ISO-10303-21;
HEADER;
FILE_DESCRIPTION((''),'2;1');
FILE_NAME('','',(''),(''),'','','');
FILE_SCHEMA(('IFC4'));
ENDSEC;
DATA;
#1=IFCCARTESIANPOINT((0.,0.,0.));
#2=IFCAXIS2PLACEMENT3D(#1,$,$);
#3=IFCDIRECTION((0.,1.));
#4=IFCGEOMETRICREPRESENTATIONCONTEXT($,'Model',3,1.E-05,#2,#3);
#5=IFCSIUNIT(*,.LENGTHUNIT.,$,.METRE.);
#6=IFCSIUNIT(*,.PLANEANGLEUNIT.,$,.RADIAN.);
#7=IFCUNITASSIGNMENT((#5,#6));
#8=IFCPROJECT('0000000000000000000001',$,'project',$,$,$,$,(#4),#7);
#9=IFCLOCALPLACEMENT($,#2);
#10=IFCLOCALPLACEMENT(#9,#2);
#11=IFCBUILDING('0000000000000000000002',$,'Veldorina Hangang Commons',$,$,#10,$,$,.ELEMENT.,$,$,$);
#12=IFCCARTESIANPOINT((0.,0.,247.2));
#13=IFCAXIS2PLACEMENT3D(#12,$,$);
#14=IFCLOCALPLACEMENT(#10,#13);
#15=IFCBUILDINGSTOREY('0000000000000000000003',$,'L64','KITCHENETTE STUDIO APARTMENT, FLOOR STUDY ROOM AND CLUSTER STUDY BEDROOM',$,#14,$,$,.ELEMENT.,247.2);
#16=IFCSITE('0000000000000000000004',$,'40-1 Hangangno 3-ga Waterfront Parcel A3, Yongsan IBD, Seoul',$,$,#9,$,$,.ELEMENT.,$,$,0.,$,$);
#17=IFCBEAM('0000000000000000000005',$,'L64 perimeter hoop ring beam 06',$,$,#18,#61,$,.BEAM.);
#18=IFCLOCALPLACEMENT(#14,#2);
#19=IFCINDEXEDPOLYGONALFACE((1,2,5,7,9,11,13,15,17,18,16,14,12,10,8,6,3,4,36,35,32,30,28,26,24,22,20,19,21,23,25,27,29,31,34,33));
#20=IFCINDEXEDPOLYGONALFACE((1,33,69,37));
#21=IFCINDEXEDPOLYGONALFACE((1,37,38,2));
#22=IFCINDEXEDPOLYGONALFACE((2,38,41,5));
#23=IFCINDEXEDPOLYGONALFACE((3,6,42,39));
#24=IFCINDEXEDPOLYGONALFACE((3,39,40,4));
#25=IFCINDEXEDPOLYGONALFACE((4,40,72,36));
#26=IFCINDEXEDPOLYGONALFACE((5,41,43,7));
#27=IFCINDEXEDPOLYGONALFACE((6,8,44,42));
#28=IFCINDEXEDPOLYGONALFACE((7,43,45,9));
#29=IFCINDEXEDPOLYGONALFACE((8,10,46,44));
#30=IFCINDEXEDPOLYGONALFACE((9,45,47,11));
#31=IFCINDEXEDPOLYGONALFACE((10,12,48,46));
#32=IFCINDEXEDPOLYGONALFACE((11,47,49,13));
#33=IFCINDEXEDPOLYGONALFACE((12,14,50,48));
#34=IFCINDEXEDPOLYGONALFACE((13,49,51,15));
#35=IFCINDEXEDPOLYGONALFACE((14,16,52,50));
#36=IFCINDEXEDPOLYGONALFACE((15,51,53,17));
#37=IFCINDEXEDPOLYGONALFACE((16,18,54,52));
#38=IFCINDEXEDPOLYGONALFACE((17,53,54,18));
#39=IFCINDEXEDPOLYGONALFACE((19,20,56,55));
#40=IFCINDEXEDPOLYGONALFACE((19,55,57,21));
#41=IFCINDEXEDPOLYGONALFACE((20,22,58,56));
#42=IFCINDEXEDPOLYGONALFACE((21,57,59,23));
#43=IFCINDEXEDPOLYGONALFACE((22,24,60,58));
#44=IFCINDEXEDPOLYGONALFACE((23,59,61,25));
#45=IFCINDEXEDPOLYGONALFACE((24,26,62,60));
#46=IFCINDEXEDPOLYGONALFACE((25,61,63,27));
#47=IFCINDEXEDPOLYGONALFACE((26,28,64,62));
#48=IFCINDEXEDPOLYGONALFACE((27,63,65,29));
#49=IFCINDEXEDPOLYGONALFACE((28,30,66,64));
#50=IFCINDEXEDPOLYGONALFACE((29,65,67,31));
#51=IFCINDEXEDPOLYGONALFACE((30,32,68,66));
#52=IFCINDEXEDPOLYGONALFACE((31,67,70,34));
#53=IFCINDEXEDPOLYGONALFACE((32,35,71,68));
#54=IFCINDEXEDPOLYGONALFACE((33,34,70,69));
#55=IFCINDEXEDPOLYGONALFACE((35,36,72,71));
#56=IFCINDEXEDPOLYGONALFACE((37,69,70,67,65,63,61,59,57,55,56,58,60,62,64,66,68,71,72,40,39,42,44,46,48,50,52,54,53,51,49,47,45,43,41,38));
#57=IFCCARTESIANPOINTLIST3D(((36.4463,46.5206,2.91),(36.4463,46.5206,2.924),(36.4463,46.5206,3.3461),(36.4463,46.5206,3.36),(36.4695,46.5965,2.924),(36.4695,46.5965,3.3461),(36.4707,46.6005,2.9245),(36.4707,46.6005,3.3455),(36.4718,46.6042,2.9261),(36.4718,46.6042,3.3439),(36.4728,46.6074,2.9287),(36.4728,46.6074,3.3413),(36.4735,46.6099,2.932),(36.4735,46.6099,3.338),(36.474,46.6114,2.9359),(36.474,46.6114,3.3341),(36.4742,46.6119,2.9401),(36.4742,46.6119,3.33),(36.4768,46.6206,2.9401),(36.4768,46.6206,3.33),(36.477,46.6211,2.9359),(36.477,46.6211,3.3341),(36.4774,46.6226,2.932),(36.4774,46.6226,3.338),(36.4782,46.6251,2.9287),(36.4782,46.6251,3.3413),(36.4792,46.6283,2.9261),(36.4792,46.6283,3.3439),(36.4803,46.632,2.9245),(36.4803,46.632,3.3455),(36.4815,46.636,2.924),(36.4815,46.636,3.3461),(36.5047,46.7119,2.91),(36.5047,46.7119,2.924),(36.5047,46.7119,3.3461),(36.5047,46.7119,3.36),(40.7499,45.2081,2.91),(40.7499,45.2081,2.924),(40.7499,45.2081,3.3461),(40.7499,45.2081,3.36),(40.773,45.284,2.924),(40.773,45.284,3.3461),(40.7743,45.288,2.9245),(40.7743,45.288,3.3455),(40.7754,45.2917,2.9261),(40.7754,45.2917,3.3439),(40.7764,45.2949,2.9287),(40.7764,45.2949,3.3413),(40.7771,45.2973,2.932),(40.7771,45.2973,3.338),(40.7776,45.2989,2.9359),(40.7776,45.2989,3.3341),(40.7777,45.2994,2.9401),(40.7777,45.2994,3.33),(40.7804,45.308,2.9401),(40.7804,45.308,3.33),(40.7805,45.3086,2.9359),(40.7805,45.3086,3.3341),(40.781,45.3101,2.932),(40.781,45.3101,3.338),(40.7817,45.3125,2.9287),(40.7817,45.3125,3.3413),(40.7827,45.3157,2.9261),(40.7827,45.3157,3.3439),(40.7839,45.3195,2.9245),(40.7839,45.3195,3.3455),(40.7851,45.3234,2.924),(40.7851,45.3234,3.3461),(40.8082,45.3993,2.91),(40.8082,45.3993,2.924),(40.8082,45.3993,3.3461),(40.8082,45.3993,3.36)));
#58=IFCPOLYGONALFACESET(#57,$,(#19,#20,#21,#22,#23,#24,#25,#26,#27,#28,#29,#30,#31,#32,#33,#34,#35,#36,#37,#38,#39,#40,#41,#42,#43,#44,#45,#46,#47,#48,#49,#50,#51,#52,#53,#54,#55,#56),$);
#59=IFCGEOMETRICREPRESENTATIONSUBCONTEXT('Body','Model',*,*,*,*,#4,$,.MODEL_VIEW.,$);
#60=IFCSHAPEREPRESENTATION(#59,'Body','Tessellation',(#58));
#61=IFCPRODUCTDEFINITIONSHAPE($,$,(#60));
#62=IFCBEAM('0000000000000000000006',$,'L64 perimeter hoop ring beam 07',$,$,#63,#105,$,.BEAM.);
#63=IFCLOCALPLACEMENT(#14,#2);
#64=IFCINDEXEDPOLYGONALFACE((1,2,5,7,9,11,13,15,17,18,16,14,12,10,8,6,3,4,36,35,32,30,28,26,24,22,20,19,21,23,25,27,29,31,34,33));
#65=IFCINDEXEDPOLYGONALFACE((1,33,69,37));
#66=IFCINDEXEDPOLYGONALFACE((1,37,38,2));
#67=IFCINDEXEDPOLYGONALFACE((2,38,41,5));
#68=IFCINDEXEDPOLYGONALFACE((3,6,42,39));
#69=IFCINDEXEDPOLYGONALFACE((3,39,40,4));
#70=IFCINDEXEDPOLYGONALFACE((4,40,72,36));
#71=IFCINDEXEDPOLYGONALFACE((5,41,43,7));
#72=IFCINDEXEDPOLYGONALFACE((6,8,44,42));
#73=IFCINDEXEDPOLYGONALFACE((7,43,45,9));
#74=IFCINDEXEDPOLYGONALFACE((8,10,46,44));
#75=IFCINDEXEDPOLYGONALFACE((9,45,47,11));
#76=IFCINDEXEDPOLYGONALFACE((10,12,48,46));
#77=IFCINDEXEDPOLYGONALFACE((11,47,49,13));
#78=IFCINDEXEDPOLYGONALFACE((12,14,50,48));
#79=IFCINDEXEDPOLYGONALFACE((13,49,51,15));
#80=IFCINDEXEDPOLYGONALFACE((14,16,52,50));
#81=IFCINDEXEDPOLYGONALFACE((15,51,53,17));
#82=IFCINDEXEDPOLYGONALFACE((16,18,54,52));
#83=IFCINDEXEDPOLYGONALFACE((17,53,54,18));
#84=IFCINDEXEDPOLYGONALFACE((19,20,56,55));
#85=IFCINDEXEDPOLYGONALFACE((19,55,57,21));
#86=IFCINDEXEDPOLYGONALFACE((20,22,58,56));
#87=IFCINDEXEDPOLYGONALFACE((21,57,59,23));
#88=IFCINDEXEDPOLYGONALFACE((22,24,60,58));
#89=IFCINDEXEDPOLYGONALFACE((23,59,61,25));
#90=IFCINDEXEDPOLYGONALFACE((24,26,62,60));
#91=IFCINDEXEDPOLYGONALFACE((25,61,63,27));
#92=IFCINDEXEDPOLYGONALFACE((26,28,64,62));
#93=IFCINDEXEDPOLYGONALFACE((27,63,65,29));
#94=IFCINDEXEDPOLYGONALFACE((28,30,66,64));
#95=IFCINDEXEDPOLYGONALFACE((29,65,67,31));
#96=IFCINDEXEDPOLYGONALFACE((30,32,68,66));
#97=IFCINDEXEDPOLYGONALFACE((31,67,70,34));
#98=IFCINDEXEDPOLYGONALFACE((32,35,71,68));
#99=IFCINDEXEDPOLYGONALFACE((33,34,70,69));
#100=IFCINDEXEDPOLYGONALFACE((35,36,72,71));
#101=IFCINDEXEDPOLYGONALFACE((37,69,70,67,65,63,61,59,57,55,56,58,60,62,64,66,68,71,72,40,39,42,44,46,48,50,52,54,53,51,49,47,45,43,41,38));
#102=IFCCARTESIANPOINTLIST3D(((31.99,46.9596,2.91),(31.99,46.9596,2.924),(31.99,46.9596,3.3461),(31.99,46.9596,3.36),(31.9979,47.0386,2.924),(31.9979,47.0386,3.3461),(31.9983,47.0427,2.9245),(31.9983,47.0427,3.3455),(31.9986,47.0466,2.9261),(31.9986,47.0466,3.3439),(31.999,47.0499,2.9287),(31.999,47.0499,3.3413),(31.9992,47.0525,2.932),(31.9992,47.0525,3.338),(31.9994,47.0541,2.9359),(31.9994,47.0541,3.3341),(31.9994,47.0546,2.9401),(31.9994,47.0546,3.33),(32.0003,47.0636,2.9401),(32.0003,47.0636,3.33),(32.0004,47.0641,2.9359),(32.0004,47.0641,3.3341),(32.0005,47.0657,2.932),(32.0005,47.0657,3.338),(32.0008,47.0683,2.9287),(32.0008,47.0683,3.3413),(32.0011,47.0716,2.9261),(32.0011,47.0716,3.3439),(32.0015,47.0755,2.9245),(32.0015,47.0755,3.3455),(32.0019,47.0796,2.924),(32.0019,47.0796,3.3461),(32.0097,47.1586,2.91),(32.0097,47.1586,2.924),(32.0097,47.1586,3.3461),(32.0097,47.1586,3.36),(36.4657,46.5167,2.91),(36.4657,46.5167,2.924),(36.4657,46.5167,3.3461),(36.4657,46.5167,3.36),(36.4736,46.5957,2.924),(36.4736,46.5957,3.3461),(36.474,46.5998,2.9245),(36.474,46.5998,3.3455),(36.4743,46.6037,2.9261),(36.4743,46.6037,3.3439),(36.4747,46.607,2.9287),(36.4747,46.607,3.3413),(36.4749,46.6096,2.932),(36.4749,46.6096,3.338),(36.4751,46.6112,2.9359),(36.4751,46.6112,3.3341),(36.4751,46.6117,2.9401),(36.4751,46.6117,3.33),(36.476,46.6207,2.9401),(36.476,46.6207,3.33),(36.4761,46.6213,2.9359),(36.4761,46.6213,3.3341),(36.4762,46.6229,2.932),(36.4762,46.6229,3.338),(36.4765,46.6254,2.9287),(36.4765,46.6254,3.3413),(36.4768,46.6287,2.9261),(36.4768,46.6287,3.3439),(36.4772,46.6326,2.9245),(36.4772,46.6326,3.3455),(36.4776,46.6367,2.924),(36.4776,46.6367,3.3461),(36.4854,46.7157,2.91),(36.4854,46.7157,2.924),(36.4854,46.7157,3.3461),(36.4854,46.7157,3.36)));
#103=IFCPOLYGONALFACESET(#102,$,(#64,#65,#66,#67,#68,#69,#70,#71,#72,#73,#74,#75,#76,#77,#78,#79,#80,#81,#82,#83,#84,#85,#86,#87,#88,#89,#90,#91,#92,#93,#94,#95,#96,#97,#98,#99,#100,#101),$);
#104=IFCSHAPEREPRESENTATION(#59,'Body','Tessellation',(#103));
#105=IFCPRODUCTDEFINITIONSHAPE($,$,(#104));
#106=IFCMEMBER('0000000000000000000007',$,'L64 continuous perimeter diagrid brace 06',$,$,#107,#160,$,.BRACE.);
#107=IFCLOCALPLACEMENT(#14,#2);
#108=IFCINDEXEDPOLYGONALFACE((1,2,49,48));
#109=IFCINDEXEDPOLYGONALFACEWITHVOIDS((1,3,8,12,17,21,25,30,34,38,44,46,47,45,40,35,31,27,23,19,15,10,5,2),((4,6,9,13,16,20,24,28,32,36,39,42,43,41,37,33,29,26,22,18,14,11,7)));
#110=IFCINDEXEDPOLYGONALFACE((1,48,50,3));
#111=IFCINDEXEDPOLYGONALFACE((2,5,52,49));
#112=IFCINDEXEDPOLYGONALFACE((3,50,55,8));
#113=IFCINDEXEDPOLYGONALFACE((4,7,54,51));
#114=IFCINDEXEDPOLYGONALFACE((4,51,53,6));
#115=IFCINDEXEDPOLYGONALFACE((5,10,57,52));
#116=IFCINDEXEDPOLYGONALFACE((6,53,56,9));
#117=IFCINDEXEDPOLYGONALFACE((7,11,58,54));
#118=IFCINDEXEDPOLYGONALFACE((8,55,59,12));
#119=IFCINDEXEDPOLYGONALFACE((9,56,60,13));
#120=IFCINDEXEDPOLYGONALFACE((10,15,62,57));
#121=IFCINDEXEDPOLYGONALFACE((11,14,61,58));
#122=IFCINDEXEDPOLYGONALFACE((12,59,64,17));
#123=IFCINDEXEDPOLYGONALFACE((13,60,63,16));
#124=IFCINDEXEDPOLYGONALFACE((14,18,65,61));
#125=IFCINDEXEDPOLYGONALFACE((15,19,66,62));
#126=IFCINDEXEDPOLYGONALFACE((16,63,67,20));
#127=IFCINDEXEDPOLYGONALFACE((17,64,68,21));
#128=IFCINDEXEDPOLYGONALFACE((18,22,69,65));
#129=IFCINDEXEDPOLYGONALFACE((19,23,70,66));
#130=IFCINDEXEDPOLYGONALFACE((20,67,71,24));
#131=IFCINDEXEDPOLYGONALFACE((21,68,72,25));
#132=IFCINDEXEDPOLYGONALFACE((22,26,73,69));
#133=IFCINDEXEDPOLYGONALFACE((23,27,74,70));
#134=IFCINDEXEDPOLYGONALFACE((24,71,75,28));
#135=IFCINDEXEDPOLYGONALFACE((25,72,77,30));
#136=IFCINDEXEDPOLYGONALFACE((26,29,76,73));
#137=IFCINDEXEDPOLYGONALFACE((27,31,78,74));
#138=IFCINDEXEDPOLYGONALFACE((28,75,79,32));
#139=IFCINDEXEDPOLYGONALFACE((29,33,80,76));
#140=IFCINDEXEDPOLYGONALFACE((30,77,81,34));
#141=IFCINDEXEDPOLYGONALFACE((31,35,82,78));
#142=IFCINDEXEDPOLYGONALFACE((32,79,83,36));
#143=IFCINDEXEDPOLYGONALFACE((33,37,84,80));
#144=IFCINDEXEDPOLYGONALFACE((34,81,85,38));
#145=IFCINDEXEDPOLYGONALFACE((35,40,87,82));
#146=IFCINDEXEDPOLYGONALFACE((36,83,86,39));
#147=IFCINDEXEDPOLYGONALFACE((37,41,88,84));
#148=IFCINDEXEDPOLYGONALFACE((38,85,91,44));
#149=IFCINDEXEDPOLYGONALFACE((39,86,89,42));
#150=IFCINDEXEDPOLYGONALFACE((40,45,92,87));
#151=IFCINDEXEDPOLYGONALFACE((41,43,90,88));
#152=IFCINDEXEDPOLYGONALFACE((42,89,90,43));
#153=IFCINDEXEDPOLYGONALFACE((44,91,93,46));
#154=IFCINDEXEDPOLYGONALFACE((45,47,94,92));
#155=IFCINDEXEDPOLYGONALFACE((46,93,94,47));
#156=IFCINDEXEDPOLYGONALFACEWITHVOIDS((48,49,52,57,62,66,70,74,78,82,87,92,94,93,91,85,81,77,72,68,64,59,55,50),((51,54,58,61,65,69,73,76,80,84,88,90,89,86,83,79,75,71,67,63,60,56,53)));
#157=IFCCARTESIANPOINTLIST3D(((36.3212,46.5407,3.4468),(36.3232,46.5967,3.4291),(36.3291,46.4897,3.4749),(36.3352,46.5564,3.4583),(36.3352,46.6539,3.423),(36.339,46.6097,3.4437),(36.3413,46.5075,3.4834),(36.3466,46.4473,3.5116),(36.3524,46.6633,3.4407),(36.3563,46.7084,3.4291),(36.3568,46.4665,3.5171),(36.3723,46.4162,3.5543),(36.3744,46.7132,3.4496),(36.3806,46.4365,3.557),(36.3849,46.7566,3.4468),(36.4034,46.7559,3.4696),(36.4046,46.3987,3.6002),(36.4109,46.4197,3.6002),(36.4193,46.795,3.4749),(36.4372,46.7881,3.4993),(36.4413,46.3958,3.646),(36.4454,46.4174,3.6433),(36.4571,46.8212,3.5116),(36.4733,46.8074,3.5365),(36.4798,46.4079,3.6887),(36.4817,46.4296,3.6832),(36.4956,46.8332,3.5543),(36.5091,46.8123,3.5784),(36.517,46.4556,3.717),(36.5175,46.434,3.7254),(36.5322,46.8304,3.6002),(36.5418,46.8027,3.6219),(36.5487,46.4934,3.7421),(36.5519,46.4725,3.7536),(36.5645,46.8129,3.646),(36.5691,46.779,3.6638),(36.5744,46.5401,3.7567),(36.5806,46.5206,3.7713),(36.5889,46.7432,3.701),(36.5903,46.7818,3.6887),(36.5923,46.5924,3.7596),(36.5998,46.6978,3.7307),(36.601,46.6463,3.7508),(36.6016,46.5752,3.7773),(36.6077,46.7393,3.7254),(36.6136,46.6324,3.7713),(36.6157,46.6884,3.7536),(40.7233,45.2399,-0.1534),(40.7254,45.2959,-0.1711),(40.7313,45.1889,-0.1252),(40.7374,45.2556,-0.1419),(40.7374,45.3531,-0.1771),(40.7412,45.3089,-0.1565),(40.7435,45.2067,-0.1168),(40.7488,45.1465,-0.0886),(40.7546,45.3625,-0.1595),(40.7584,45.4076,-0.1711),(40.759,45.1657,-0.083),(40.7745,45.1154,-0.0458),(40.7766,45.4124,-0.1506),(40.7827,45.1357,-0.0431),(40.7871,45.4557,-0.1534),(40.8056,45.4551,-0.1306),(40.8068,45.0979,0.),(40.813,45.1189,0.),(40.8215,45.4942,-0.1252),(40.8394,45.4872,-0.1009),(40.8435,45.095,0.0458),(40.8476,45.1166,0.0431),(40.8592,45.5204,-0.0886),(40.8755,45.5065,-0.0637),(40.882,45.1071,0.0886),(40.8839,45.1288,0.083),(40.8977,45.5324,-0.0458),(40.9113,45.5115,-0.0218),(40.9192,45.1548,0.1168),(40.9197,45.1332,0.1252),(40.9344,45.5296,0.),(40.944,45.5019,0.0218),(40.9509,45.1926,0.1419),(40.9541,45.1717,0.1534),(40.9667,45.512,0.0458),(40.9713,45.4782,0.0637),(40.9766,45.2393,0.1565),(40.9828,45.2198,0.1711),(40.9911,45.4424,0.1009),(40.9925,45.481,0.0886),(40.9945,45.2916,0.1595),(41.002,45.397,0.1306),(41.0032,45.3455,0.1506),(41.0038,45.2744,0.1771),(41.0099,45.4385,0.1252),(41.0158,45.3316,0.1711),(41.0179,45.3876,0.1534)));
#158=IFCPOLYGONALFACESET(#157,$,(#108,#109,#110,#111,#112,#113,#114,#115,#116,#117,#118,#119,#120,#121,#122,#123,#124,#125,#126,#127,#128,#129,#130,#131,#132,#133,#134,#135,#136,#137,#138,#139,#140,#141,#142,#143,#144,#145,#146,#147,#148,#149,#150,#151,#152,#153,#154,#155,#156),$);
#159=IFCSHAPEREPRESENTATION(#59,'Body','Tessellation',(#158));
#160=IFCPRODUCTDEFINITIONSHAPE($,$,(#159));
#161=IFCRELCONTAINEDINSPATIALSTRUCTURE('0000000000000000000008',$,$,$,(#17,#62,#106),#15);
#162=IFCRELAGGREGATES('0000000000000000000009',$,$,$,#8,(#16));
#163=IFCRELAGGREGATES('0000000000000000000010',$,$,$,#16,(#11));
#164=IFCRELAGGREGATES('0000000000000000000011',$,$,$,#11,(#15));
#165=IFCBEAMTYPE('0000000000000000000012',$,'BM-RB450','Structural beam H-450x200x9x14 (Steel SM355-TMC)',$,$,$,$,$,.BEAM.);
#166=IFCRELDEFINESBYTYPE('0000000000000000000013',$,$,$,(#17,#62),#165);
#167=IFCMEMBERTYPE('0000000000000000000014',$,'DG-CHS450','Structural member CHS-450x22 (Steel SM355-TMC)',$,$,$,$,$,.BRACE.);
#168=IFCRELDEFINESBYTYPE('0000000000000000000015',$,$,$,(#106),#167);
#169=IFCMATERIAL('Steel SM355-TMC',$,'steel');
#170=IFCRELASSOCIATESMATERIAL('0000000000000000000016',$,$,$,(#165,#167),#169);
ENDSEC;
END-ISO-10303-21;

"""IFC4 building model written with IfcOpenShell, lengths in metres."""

from ifc_helpers import new_model, si_unit, direction, frame, origin, origin_2d, place, context, subcontext, project, spatial, hollow_circle, i_section, extrude, material, material_profile, profile_set, type_object, element, save


model = new_model("IFC4")

# Units and contexts
model_context = context("Model", 3, precision=1e-05, world=origin(), true_north=direction((0.0, 1.0)))
body_context = subcontext(model_context, "Body", "Model", "MODEL_VIEW")
ifc_project = project(units=[si_unit("LENGTHUNIT", "METRE"), si_unit("PLANEANGLEUNIT", "RADIAN")], contexts=[model_context])

# Site, building, storey
site_placement = place(None, origin())
site = spatial("IfcSite", under=ifc_project, at=site_placement, Name="40-1 Hangangno 3-ga Waterfront Parcel A3, Yongsan IBD, Seoul", CompositionType="ELEMENT", RefElevation=0.0)
building_placement = place(site_placement, origin())
building = spatial("IfcBuilding", under=site, at=building_placement, Name="Veldorina Hangang Commons", CompositionType="ELEMENT")
storey_placement = place(building_placement, frame((0.0, 0.0, 247.2)))
storey = spatial("IfcBuildingStorey", under=building, at=storey_placement, Name="L64", Description="KITCHENETTE STUDIO APARTMENT, FLOOR STUDY ROOM AND CLUSTER STUDY BEDROOM", CompositionType="ELEMENT", Elevation=247.2)

# Beams
ifc_material_1 = material(Name="Steel SM355-TMC", Category="steel")
ifc_material_profile_1 = material_profile(ifc_material_1, i_section(OverallWidth=0.2, OverallDepth=0.45, WebThickness=0.009, FlangeThickness=0.0139, FilletRadius=0.0161, at=origin_2d()), Name="H-450x200x9x14")
ifc_profile_set_1 = profile_set([ifc_material_profile_1], Name="Steel SM355-TMC")
beam_type = type_object("IfcBeamType", Name="BM-RB450", Description="Structural beam H-450x200x9x14 (Steel SM355-TMC)", PredefinedType="BEAM", material=ifc_profile_set_1)
beam_1_placement = place(storey_placement, frame((40.7791, 45.3037, 3.135), z_axis=(-0.956504, 0.291721, 0.0), x_axis=(-0.291721, -0.956504, 0.0)))
element("IfcBeam", 1, at=beam_1_placement, inside=storey, type_object=beam_type, Name="L64 perimeter hoop ring beam 06", PredefinedType="BEAM", context=body_context, shape_type="SweptSolid", body=[
    extrude(i_section(OverallWidth=0.2, OverallDepth=0.45, WebThickness=0.009, FlangeThickness=0.0139, FilletRadius=0.0161, at=origin_2d()), origin(), (0.0, 0.0, 1.0), 4.4993),
])
beam_2_placement = place(storey_placement, frame((36.4756, 46.6162, 3.135), z_axis=(-0.99514, 0.098472, 0.0), x_axis=(-0.098472, -0.99514, 0.0)))
element("IfcBeam", 2, at=beam_2_placement, inside=storey, type_object=beam_type, Name="L64 perimeter hoop ring beam 07", PredefinedType="BEAM", context=body_context, shape_type="SweptSolid", body=[
    extrude(i_section(OverallWidth=0.2, OverallDepth=0.45, WebThickness=0.009, FlangeThickness=0.0139, FilletRadius=0.0161, at=origin_2d()), origin(), (0.0, 0.0, 1.0), 4.4976),
])

# Member
ifc_material_profile_2 = material_profile(ifc_material_1, hollow_circle(Radius=0.2251, WallThickness=0.022, at=origin_2d()), Name="CHS-450x22")
ifc_profile_set_2 = profile_set([ifc_material_profile_2], Name="Steel SM355-TMC")
member_type_1 = type_object("IfcMemberType", Name="DG-CHS450", Description="Structural member CHS-450x22 (Steel SM355-TMC)", PredefinedType="BRACE", material=ifc_profile_set_2)
member_1_placement = place(storey_placement, frame((40.8706, 45.3137, 0.0), z_axis=(-0.754608, 0.22298, 0.617128), x_axis=(-0.283378, -0.959008, 0.0)))
element("IfcMember", 3, at=member_1_placement, inside=storey, type_object=member_type_1, Name="L64 continuous perimeter diagrid brace 06", PredefinedType="BRACE", context=body_context, shape_type="SweptSolid", body=[
    extrude(hollow_circle(Radius=0.2251, WallThickness=0.022, at=origin_2d()), origin(), (0.0, 0.0, 1.0), 5.8337),
])

save(model, "model.ifc")
